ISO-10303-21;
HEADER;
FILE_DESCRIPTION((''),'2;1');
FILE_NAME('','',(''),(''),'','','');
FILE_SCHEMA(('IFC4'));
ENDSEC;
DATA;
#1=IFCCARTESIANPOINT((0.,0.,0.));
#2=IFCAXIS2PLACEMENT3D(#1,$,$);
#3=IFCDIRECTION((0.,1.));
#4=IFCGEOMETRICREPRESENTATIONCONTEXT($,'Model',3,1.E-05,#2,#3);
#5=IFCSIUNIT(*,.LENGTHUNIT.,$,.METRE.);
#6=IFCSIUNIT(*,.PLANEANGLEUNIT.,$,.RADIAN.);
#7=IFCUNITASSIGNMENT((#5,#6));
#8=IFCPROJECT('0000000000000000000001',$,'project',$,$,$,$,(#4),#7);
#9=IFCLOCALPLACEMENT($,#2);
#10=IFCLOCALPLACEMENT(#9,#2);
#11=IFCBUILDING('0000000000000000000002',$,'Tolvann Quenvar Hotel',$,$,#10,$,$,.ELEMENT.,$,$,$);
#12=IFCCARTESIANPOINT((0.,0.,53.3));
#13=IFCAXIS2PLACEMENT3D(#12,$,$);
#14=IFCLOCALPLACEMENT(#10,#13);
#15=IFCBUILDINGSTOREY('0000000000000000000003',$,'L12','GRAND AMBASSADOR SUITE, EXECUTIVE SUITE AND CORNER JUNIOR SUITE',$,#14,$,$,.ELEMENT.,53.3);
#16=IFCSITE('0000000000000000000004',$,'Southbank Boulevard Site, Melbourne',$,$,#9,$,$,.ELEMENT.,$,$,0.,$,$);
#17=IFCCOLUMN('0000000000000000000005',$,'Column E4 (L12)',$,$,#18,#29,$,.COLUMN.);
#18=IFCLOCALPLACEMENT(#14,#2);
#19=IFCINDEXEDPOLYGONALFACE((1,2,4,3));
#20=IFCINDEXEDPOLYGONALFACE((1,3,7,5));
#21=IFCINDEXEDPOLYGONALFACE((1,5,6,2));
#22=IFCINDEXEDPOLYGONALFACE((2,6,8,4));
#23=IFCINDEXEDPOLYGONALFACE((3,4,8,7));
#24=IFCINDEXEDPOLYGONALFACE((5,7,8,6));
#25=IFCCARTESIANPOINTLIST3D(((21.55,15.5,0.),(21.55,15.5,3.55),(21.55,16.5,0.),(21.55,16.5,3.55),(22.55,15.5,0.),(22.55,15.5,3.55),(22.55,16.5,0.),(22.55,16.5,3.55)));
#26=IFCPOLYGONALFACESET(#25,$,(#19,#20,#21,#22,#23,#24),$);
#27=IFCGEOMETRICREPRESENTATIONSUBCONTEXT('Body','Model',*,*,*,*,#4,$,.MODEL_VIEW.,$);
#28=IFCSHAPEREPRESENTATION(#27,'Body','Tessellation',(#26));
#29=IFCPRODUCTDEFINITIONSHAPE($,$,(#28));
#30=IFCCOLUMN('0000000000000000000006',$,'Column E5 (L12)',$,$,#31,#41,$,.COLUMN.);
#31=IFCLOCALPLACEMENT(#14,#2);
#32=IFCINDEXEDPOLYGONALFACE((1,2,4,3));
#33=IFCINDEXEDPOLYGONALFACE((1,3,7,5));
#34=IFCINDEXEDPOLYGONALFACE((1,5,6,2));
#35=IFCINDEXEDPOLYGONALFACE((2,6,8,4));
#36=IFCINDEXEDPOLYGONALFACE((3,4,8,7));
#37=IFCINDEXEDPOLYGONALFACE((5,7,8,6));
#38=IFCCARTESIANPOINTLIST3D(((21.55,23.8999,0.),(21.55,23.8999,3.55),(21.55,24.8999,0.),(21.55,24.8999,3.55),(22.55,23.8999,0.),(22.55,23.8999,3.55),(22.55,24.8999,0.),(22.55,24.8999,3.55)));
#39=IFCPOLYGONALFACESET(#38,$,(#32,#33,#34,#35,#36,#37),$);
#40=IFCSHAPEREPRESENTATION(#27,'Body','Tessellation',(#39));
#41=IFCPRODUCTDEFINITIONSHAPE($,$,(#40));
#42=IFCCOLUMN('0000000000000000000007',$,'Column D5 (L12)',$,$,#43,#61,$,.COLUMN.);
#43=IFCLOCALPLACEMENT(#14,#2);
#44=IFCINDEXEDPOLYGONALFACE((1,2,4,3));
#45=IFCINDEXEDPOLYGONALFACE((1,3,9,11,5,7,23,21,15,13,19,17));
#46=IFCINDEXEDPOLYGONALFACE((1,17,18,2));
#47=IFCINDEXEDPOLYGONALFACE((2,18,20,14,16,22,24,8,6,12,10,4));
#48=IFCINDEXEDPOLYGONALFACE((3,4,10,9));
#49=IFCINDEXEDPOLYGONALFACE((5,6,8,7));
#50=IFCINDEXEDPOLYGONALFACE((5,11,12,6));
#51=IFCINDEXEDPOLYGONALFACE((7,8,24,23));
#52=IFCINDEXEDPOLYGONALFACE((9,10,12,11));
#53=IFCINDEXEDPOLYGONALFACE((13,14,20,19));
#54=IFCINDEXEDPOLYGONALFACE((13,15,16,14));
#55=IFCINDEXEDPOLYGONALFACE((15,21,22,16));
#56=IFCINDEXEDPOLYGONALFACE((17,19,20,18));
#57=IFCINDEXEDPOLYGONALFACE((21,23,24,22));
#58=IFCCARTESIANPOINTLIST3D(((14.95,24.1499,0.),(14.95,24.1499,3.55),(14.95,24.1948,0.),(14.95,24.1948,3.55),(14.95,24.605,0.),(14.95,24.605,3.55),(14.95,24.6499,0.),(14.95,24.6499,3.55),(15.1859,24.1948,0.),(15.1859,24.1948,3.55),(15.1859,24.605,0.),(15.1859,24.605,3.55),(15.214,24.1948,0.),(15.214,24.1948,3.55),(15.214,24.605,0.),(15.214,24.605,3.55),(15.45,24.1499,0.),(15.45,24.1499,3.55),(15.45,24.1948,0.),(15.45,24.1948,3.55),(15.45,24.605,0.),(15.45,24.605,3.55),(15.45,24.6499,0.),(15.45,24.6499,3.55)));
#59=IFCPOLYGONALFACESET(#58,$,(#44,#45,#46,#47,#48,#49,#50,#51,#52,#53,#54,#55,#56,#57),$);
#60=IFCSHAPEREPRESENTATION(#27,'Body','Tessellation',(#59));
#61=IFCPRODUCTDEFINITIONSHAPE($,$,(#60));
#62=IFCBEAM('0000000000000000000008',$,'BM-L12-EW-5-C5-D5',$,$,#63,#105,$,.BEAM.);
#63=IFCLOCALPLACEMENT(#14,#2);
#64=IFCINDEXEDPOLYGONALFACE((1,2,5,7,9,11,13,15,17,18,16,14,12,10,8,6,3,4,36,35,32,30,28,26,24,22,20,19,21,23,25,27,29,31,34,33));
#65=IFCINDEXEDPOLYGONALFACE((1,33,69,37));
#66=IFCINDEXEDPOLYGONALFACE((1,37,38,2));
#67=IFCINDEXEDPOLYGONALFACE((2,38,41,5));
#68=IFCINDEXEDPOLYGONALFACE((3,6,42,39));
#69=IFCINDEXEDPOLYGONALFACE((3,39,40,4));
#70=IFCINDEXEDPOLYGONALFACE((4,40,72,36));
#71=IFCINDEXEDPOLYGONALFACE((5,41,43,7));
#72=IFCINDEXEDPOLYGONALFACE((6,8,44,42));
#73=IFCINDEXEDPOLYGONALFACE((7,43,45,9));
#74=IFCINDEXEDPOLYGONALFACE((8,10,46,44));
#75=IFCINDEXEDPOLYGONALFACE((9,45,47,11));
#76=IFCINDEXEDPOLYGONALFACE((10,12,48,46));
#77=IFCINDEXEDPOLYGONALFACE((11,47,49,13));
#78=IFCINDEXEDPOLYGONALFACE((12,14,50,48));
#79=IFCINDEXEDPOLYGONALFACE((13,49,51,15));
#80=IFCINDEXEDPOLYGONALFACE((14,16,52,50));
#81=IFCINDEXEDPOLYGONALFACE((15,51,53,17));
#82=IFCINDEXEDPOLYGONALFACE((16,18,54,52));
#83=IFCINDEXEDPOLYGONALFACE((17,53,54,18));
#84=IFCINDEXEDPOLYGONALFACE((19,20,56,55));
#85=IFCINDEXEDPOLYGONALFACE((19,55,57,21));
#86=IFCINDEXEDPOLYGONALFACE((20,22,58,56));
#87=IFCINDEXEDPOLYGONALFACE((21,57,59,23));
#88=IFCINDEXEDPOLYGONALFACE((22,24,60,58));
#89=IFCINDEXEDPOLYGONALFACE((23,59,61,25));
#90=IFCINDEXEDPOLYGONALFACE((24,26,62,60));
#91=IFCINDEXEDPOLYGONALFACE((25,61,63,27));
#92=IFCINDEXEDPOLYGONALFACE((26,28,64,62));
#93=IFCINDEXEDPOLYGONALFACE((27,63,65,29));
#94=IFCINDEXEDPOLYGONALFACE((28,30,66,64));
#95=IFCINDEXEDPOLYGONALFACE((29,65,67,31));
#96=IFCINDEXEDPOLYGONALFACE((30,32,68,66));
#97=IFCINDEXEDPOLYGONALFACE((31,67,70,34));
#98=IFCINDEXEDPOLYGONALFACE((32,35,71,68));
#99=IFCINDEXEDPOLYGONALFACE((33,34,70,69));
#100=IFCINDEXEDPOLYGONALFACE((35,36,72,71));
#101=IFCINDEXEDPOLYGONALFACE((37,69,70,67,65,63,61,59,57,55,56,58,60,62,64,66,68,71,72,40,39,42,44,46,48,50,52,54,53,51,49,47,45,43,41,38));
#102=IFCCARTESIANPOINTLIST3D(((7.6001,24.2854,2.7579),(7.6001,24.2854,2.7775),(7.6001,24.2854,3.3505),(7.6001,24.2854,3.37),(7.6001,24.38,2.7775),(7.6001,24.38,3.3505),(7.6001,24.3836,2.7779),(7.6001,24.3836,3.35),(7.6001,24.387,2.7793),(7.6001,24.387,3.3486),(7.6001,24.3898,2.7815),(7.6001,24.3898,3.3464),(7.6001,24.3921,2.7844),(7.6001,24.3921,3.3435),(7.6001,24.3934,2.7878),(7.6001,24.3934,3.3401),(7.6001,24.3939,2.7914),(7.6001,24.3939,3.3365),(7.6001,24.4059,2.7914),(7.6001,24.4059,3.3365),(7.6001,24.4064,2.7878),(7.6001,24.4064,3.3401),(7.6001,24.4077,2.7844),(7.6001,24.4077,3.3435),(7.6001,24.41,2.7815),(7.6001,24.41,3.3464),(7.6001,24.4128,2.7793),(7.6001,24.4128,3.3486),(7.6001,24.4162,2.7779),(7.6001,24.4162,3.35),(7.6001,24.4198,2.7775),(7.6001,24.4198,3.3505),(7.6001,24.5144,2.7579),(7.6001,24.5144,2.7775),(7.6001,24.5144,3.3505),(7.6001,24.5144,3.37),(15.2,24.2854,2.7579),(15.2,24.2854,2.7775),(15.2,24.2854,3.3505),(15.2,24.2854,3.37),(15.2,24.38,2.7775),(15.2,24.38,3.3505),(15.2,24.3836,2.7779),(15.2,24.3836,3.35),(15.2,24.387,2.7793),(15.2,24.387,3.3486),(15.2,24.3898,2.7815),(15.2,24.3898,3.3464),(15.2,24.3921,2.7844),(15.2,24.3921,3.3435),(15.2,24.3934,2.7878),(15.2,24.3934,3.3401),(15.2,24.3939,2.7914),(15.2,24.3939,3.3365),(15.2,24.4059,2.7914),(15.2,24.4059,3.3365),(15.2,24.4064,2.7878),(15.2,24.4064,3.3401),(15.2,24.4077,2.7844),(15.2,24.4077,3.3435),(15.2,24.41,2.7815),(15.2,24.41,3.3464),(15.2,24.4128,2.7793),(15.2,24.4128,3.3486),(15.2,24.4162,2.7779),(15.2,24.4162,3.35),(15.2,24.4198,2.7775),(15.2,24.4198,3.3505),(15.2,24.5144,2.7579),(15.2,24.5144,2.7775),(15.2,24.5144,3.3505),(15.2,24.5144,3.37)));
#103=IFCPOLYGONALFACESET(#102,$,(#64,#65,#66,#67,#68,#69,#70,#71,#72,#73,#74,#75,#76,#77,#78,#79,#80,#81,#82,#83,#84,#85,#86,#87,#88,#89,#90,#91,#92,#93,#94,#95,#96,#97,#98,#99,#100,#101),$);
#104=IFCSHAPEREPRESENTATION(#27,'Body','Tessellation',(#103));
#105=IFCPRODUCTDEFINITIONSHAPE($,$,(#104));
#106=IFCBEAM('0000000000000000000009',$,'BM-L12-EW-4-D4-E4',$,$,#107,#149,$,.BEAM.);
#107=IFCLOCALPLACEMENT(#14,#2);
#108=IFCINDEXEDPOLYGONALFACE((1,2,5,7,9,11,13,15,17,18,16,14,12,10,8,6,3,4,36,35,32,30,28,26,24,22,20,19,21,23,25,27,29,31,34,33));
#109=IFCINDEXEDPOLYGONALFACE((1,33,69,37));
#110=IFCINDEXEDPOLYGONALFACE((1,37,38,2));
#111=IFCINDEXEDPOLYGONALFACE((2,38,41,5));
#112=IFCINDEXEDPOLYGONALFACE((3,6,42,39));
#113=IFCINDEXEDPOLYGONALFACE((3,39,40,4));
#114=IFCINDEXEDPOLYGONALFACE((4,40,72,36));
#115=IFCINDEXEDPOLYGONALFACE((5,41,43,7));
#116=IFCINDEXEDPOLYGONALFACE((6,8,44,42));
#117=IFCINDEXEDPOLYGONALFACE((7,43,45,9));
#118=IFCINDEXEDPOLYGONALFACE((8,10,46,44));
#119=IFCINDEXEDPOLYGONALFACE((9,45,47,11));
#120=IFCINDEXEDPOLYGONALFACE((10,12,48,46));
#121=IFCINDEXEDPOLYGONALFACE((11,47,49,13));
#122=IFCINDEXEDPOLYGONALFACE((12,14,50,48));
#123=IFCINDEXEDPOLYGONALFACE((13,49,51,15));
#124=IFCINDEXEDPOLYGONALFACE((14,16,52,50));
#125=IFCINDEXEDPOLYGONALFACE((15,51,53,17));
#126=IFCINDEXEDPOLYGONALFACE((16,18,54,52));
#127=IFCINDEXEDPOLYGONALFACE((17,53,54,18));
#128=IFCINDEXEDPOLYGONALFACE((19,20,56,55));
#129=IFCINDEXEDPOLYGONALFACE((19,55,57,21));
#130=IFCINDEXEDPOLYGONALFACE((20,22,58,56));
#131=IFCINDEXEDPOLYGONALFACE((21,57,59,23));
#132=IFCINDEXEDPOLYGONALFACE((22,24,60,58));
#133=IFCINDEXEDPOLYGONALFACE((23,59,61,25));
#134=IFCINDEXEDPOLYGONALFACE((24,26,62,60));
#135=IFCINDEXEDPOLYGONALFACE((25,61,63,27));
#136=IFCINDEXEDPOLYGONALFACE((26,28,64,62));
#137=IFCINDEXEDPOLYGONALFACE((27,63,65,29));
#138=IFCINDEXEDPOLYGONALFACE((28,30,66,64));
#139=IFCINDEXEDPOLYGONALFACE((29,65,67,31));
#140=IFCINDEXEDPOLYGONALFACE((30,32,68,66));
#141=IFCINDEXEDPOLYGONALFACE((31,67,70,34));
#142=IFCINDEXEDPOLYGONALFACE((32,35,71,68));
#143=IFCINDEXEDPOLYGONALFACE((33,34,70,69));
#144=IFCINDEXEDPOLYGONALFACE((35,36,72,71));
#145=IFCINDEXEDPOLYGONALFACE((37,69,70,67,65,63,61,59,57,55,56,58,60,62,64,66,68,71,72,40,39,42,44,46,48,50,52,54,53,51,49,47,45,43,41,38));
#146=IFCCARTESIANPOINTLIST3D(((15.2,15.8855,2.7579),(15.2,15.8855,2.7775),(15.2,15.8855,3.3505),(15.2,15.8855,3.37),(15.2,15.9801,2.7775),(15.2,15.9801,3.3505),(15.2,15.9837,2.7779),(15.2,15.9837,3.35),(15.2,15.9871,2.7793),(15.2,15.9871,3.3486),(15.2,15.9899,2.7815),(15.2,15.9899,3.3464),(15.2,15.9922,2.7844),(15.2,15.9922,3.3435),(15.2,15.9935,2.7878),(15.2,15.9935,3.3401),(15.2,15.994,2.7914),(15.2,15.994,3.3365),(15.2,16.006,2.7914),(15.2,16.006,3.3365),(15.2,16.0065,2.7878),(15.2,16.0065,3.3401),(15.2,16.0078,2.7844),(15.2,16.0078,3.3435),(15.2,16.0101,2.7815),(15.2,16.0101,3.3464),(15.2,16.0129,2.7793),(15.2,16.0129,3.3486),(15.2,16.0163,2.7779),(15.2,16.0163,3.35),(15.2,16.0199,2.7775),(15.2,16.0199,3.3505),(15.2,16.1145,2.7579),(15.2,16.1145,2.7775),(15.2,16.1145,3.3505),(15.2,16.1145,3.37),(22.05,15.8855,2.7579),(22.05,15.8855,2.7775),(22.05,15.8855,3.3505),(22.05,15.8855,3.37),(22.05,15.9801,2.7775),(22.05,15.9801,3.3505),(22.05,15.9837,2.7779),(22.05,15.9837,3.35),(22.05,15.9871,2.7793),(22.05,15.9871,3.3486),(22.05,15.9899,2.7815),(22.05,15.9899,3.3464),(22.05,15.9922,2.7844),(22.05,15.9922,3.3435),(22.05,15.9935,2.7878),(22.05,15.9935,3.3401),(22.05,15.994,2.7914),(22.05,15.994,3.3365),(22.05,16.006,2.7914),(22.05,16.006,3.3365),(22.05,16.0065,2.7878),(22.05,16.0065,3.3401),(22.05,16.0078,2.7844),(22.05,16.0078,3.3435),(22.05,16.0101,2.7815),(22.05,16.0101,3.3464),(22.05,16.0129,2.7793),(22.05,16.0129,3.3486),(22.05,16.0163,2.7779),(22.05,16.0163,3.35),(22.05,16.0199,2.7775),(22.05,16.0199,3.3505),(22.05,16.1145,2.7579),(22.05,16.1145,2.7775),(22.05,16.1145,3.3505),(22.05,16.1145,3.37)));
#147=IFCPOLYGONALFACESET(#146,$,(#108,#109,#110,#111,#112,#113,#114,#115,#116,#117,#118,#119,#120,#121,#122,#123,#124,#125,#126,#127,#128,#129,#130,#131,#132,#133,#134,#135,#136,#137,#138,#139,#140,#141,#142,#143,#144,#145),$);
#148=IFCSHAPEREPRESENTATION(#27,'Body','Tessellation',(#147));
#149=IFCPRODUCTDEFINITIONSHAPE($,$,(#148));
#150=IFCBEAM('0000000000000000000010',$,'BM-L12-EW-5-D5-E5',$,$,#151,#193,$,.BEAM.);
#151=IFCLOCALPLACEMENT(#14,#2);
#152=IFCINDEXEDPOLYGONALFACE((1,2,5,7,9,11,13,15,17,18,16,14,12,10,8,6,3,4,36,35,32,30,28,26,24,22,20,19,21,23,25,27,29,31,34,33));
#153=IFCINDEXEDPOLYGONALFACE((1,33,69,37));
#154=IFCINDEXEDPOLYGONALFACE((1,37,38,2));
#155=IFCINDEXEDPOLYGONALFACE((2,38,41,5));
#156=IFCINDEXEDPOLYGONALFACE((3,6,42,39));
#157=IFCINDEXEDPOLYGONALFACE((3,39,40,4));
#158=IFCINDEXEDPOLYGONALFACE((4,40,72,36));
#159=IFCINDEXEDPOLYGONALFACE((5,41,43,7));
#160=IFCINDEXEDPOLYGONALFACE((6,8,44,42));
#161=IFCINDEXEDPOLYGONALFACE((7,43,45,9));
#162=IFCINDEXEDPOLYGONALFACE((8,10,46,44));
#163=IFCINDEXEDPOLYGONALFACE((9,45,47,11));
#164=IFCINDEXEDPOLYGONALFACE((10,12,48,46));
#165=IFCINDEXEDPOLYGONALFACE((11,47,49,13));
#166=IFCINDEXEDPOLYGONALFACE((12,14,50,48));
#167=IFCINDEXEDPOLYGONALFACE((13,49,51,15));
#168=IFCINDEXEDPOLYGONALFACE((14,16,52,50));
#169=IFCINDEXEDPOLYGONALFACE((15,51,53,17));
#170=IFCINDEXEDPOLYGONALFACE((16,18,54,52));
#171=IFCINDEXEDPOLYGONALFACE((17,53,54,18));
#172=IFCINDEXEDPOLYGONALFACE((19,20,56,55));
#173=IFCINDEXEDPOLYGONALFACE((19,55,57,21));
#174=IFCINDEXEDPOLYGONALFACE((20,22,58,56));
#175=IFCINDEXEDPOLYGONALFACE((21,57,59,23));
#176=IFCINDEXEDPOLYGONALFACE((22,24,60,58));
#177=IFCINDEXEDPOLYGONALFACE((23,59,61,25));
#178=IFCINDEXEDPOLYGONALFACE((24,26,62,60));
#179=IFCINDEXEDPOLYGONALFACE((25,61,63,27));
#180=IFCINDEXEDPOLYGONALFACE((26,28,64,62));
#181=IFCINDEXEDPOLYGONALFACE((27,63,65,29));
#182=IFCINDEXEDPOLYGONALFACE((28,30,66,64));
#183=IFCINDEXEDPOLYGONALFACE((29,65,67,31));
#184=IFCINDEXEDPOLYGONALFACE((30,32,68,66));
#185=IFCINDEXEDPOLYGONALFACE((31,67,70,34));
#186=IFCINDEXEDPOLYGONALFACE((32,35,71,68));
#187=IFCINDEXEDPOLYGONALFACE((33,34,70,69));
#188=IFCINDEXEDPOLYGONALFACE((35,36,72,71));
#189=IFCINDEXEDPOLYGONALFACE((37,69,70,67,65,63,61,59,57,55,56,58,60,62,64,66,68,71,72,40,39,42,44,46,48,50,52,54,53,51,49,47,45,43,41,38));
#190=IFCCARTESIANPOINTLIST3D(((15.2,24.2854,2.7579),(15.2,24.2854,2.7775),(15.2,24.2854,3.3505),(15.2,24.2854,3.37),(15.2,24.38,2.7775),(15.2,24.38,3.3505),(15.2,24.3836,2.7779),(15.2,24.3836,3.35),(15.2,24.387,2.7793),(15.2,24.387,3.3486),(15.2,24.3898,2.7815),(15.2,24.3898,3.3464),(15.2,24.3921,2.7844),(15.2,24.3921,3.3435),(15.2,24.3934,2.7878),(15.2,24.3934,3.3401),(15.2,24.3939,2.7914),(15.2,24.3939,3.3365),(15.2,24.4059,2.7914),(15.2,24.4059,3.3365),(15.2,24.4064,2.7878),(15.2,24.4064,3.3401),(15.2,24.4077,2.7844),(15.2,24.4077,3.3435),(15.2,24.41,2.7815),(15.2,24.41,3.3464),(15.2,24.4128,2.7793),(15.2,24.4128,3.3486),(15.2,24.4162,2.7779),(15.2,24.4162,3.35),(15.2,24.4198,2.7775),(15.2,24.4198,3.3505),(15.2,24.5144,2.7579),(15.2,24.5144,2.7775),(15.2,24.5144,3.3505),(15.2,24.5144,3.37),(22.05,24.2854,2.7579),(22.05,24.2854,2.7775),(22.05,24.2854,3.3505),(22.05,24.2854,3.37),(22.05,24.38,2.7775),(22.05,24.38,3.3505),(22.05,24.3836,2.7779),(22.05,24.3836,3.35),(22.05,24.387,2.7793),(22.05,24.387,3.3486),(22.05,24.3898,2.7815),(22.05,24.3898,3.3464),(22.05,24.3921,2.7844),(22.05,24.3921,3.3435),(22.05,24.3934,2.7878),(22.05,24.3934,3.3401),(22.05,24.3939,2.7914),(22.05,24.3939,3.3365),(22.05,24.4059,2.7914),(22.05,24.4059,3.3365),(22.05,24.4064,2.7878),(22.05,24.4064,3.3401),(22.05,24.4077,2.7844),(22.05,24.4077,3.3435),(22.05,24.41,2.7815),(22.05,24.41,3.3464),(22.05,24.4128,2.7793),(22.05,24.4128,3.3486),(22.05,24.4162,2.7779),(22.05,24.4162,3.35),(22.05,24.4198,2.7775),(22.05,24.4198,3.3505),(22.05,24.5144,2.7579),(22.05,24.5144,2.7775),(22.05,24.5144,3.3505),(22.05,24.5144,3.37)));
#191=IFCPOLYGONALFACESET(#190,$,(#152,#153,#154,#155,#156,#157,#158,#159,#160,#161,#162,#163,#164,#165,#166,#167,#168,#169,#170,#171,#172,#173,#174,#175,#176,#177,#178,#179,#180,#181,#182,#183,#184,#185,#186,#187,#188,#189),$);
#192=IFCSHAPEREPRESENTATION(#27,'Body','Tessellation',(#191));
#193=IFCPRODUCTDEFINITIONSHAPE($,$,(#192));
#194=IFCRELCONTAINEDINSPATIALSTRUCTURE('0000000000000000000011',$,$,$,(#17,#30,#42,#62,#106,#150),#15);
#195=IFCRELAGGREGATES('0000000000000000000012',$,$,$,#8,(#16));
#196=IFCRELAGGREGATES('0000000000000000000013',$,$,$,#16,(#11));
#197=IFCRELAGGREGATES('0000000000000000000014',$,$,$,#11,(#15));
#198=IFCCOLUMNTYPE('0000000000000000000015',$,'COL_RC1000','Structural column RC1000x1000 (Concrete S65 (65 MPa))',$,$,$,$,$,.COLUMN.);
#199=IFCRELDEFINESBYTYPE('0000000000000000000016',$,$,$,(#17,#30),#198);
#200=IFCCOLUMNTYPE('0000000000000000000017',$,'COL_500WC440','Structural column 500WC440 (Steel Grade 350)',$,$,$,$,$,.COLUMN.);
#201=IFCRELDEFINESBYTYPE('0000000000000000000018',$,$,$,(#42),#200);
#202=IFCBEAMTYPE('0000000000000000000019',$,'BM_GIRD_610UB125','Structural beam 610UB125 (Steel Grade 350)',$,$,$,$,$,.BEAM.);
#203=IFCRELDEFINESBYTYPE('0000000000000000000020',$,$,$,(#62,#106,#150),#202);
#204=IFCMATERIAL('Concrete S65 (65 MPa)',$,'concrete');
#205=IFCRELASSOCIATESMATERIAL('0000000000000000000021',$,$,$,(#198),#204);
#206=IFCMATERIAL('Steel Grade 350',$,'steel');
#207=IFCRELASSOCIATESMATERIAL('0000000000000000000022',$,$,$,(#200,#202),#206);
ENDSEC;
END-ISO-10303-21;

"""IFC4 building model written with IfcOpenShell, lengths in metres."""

from ifc_helpers import new_model, si_unit, direction, frame, origin, origin_2d, place, context, subcontext, project, spatial, rectangle, i_section, extrude, source, transform, mapped, material, material_profile, profile_set, type_object, type_shapes, element, save


model = new_model("IFC4")

# Units and contexts
model_context = context("Model", 3, precision=1e-05, world=origin(), true_north=direction((0.0, 1.0)))
body_context = subcontext(model_context, "Body", "Model", "MODEL_VIEW")
ifc_project = project(units=[si_unit("LENGTHUNIT", "METRE"), si_unit("PLANEANGLEUNIT", "RADIAN")], contexts=[model_context])

# Site, building, storey
site_placement = place(None, origin())
site = spatial("IfcSite", under=ifc_project, at=site_placement, Name="Southbank Boulevard Site, Melbourne", CompositionType="ELEMENT", RefElevation=0.0)
building_placement = place(site_placement, origin())
building = spatial("IfcBuilding", under=site, at=building_placement, Name="Tolvann Quenvar Hotel", CompositionType="ELEMENT")
storey_placement = place(building_placement, frame((0.0, 0.0, 53.3)))
storey = spatial("IfcBuildingStorey", under=building, at=storey_placement, Name="L12", Description="GRAND AMBASSADOR SUITE, EXECUTIVE SUITE AND CORNER JUNIOR SUITE", CompositionType="ELEMENT", Elevation=53.3)

# Columns
ifc_material_1 = material(Name="Concrete S65 (65 MPa)", Category="concrete")
ifc_material_profile_1 = material_profile(ifc_material_1, rectangle(XDim=1.0, YDim=1.0, at=origin_2d()), Name="RC1000x1000")
ifc_profile_set_1 = profile_set([ifc_material_profile_1], Name="Concrete S65 (65 MPa)")
column_type_1 = type_object("IfcColumnType", Name="COL_RC1000", Description="Structural column RC1000x1000 (Concrete S65 (65 MPa))", PredefinedType="COLUMN", material=ifc_profile_set_1)
shared_shape_1 = source(origin(), body_context, "Body", "SweptSolid", [
    extrude(rectangle(XDim=1.0, YDim=1.0, at=origin_2d()), origin(), (0.0, 0.0, 1.0), 3.55),
])
type_shapes(column_type_1, [shared_shape_1])
for number, where, z_axis, x_axis, name in (
    (1, (22.05, 16.0, 0.0), (0.0, 0.0, 1.0), (1.0, 0.0, 0.0), "Column E4 (L12)"),
    (2, (22.05, 24.3999, 0.0), (0.0, 0.0, 1.0), (1.0, 0.0, 0.0), "Column E5 (L12)"),
):
    element("IfcColumn", number, at=place(storey_placement, frame(where, z_axis=z_axis, x_axis=x_axis)), inside=storey, type_object=column_type_1, Name=name, PredefinedType="COLUMN", context=body_context, shape_type="MappedRepresentation", body=[
        mapped(shared_shape_1, transform((0.0, 0.0, 0.0), x_axis=(1.0, 0.0, 0.0), y_axis=(0.0, 1.0, 0.0), z_axis=(0.0, 0.0, 1.0), scale=1.0)),
    ])
ifc_material_2 = material(Name="Steel Grade 350", Category="steel")
ifc_material_profile_2 = material_profile(ifc_material_2, i_section(OverallWidth=0.5, OverallDepth=0.5, WebThickness=0.0281, FlangeThickness=0.0449, at=origin_2d()), Name="500WC440")
ifc_profile_set_2 = profile_set([ifc_material_profile_2], Name="Steel Grade 350")
column_type_2 = type_object("IfcColumnType", Name="COL_500WC440", Description="Structural column 500WC440 (Steel Grade 350)", PredefinedType="COLUMN", material=ifc_profile_set_2)
shared_shape_2 = source(origin(), body_context, "Body", "SweptSolid", [
    extrude(i_section(OverallWidth=0.5, OverallDepth=0.5, WebThickness=0.0281, FlangeThickness=0.0449, at=origin_2d()), origin(), (0.0, 0.0, 1.0), 3.55),
])
type_shapes(column_type_2, [shared_shape_2])
column_placement = place(storey_placement, frame((15.2, 24.3999, 0.0), z_axis=(0.0, 0.0, 1.0), x_axis=(1.0, 0.0, 0.0)))
element("IfcColumn", 3, at=column_placement, inside=storey, type_object=column_type_2, Name="Column D5 (L12)", PredefinedType="COLUMN", context=body_context, shape_type="MappedRepresentation", body=[
    mapped(shared_shape_2, transform((0.0, 0.0, 0.0), x_axis=(1.0, 0.0, 0.0), y_axis=(0.0, 1.0, 0.0), z_axis=(0.0, 0.0, 1.0), scale=1.0)),
])

# Beams
ifc_material_profile_3 = material_profile(ifc_material_2, i_section(OverallWidth=0.229, OverallDepth=0.6121, WebThickness=0.012, FlangeThickness=0.0195, FilletRadius=0.0139, at=origin_2d()), Name="610UB125")
ifc_profile_set_3 = profile_set([ifc_material_profile_3], Name="Steel Grade 350")
beam_type_1 = type_object("IfcBeamType", Name="BM_GIRD_610UB125", Description="Structural beam 610UB125 (Steel Grade 350)", PredefinedType="BEAM", material=ifc_profile_set_3)
shared_shape_3 = source(origin(), body_context, "Body", "SweptSolid", [
    extrude(i_section(OverallWidth=0.229, OverallDepth=0.6121, WebThickness=0.012, FlangeThickness=0.0195, FilletRadius=0.0139, at=origin_2d()), origin(), (0.0, 0.0, 1.0), 7.5999),
])
beam_1_placement = place(storey_placement, frame((7.6001, 24.3999, 3.064), z_axis=(1.0, 0.0, 0.0), x_axis=(0.0, 1.0, 0.0)))
element("IfcBeam", 4, at=beam_1_placement, inside=storey, type_object=beam_type_1, Name="BM-L12-EW-5-C5-D5", PredefinedType="BEAM", context=body_context, shape_type="MappedRepresentation", body=[
    mapped(shared_shape_3, transform((0.0, 0.0, 0.0), x_axis=(1.0, 0.0, 0.0), y_axis=(0.0, 1.0, 0.0), z_axis=(0.0, 0.0, 1.0), scale=1.0)),
])
shared_shape_4 = source(origin(), body_context, "Body", "SweptSolid", [
    extrude(i_section(OverallWidth=0.229, OverallDepth=0.6121, WebThickness=0.012, FlangeThickness=0.0195, FilletRadius=0.0139, at=origin_2d()), origin(), (0.0, 0.0, 1.0), 6.8501),
])
for number, where, z_axis, x_axis, name in (
    (5, (15.2, 16.0, 3.064), (1.0, 0.0, 0.0), (0.0, 1.0, 0.0), "BM-L12-EW-4-D4-E4"),
    (6, (15.2, 24.3999, 3.064), (1.0, 0.0, 0.0), (0.0, 1.0, 0.0), "BM-L12-EW-5-D5-E5"),
):
    element("IfcBeam", number, at=place(storey_placement, frame(where, z_axis=z_axis, x_axis=x_axis)), inside=storey, type_object=beam_type_1, Name=name, PredefinedType="BEAM", context=body_context, shape_type="MappedRepresentation", body=[
        mapped(shared_shape_4, transform((0.0, 0.0, 0.0), x_axis=(1.0, 0.0, 0.0), y_axis=(0.0, 1.0, 0.0), z_axis=(0.0, 0.0, 1.0), scale=1.0)),
    ])

save(model, "model.ifc")
